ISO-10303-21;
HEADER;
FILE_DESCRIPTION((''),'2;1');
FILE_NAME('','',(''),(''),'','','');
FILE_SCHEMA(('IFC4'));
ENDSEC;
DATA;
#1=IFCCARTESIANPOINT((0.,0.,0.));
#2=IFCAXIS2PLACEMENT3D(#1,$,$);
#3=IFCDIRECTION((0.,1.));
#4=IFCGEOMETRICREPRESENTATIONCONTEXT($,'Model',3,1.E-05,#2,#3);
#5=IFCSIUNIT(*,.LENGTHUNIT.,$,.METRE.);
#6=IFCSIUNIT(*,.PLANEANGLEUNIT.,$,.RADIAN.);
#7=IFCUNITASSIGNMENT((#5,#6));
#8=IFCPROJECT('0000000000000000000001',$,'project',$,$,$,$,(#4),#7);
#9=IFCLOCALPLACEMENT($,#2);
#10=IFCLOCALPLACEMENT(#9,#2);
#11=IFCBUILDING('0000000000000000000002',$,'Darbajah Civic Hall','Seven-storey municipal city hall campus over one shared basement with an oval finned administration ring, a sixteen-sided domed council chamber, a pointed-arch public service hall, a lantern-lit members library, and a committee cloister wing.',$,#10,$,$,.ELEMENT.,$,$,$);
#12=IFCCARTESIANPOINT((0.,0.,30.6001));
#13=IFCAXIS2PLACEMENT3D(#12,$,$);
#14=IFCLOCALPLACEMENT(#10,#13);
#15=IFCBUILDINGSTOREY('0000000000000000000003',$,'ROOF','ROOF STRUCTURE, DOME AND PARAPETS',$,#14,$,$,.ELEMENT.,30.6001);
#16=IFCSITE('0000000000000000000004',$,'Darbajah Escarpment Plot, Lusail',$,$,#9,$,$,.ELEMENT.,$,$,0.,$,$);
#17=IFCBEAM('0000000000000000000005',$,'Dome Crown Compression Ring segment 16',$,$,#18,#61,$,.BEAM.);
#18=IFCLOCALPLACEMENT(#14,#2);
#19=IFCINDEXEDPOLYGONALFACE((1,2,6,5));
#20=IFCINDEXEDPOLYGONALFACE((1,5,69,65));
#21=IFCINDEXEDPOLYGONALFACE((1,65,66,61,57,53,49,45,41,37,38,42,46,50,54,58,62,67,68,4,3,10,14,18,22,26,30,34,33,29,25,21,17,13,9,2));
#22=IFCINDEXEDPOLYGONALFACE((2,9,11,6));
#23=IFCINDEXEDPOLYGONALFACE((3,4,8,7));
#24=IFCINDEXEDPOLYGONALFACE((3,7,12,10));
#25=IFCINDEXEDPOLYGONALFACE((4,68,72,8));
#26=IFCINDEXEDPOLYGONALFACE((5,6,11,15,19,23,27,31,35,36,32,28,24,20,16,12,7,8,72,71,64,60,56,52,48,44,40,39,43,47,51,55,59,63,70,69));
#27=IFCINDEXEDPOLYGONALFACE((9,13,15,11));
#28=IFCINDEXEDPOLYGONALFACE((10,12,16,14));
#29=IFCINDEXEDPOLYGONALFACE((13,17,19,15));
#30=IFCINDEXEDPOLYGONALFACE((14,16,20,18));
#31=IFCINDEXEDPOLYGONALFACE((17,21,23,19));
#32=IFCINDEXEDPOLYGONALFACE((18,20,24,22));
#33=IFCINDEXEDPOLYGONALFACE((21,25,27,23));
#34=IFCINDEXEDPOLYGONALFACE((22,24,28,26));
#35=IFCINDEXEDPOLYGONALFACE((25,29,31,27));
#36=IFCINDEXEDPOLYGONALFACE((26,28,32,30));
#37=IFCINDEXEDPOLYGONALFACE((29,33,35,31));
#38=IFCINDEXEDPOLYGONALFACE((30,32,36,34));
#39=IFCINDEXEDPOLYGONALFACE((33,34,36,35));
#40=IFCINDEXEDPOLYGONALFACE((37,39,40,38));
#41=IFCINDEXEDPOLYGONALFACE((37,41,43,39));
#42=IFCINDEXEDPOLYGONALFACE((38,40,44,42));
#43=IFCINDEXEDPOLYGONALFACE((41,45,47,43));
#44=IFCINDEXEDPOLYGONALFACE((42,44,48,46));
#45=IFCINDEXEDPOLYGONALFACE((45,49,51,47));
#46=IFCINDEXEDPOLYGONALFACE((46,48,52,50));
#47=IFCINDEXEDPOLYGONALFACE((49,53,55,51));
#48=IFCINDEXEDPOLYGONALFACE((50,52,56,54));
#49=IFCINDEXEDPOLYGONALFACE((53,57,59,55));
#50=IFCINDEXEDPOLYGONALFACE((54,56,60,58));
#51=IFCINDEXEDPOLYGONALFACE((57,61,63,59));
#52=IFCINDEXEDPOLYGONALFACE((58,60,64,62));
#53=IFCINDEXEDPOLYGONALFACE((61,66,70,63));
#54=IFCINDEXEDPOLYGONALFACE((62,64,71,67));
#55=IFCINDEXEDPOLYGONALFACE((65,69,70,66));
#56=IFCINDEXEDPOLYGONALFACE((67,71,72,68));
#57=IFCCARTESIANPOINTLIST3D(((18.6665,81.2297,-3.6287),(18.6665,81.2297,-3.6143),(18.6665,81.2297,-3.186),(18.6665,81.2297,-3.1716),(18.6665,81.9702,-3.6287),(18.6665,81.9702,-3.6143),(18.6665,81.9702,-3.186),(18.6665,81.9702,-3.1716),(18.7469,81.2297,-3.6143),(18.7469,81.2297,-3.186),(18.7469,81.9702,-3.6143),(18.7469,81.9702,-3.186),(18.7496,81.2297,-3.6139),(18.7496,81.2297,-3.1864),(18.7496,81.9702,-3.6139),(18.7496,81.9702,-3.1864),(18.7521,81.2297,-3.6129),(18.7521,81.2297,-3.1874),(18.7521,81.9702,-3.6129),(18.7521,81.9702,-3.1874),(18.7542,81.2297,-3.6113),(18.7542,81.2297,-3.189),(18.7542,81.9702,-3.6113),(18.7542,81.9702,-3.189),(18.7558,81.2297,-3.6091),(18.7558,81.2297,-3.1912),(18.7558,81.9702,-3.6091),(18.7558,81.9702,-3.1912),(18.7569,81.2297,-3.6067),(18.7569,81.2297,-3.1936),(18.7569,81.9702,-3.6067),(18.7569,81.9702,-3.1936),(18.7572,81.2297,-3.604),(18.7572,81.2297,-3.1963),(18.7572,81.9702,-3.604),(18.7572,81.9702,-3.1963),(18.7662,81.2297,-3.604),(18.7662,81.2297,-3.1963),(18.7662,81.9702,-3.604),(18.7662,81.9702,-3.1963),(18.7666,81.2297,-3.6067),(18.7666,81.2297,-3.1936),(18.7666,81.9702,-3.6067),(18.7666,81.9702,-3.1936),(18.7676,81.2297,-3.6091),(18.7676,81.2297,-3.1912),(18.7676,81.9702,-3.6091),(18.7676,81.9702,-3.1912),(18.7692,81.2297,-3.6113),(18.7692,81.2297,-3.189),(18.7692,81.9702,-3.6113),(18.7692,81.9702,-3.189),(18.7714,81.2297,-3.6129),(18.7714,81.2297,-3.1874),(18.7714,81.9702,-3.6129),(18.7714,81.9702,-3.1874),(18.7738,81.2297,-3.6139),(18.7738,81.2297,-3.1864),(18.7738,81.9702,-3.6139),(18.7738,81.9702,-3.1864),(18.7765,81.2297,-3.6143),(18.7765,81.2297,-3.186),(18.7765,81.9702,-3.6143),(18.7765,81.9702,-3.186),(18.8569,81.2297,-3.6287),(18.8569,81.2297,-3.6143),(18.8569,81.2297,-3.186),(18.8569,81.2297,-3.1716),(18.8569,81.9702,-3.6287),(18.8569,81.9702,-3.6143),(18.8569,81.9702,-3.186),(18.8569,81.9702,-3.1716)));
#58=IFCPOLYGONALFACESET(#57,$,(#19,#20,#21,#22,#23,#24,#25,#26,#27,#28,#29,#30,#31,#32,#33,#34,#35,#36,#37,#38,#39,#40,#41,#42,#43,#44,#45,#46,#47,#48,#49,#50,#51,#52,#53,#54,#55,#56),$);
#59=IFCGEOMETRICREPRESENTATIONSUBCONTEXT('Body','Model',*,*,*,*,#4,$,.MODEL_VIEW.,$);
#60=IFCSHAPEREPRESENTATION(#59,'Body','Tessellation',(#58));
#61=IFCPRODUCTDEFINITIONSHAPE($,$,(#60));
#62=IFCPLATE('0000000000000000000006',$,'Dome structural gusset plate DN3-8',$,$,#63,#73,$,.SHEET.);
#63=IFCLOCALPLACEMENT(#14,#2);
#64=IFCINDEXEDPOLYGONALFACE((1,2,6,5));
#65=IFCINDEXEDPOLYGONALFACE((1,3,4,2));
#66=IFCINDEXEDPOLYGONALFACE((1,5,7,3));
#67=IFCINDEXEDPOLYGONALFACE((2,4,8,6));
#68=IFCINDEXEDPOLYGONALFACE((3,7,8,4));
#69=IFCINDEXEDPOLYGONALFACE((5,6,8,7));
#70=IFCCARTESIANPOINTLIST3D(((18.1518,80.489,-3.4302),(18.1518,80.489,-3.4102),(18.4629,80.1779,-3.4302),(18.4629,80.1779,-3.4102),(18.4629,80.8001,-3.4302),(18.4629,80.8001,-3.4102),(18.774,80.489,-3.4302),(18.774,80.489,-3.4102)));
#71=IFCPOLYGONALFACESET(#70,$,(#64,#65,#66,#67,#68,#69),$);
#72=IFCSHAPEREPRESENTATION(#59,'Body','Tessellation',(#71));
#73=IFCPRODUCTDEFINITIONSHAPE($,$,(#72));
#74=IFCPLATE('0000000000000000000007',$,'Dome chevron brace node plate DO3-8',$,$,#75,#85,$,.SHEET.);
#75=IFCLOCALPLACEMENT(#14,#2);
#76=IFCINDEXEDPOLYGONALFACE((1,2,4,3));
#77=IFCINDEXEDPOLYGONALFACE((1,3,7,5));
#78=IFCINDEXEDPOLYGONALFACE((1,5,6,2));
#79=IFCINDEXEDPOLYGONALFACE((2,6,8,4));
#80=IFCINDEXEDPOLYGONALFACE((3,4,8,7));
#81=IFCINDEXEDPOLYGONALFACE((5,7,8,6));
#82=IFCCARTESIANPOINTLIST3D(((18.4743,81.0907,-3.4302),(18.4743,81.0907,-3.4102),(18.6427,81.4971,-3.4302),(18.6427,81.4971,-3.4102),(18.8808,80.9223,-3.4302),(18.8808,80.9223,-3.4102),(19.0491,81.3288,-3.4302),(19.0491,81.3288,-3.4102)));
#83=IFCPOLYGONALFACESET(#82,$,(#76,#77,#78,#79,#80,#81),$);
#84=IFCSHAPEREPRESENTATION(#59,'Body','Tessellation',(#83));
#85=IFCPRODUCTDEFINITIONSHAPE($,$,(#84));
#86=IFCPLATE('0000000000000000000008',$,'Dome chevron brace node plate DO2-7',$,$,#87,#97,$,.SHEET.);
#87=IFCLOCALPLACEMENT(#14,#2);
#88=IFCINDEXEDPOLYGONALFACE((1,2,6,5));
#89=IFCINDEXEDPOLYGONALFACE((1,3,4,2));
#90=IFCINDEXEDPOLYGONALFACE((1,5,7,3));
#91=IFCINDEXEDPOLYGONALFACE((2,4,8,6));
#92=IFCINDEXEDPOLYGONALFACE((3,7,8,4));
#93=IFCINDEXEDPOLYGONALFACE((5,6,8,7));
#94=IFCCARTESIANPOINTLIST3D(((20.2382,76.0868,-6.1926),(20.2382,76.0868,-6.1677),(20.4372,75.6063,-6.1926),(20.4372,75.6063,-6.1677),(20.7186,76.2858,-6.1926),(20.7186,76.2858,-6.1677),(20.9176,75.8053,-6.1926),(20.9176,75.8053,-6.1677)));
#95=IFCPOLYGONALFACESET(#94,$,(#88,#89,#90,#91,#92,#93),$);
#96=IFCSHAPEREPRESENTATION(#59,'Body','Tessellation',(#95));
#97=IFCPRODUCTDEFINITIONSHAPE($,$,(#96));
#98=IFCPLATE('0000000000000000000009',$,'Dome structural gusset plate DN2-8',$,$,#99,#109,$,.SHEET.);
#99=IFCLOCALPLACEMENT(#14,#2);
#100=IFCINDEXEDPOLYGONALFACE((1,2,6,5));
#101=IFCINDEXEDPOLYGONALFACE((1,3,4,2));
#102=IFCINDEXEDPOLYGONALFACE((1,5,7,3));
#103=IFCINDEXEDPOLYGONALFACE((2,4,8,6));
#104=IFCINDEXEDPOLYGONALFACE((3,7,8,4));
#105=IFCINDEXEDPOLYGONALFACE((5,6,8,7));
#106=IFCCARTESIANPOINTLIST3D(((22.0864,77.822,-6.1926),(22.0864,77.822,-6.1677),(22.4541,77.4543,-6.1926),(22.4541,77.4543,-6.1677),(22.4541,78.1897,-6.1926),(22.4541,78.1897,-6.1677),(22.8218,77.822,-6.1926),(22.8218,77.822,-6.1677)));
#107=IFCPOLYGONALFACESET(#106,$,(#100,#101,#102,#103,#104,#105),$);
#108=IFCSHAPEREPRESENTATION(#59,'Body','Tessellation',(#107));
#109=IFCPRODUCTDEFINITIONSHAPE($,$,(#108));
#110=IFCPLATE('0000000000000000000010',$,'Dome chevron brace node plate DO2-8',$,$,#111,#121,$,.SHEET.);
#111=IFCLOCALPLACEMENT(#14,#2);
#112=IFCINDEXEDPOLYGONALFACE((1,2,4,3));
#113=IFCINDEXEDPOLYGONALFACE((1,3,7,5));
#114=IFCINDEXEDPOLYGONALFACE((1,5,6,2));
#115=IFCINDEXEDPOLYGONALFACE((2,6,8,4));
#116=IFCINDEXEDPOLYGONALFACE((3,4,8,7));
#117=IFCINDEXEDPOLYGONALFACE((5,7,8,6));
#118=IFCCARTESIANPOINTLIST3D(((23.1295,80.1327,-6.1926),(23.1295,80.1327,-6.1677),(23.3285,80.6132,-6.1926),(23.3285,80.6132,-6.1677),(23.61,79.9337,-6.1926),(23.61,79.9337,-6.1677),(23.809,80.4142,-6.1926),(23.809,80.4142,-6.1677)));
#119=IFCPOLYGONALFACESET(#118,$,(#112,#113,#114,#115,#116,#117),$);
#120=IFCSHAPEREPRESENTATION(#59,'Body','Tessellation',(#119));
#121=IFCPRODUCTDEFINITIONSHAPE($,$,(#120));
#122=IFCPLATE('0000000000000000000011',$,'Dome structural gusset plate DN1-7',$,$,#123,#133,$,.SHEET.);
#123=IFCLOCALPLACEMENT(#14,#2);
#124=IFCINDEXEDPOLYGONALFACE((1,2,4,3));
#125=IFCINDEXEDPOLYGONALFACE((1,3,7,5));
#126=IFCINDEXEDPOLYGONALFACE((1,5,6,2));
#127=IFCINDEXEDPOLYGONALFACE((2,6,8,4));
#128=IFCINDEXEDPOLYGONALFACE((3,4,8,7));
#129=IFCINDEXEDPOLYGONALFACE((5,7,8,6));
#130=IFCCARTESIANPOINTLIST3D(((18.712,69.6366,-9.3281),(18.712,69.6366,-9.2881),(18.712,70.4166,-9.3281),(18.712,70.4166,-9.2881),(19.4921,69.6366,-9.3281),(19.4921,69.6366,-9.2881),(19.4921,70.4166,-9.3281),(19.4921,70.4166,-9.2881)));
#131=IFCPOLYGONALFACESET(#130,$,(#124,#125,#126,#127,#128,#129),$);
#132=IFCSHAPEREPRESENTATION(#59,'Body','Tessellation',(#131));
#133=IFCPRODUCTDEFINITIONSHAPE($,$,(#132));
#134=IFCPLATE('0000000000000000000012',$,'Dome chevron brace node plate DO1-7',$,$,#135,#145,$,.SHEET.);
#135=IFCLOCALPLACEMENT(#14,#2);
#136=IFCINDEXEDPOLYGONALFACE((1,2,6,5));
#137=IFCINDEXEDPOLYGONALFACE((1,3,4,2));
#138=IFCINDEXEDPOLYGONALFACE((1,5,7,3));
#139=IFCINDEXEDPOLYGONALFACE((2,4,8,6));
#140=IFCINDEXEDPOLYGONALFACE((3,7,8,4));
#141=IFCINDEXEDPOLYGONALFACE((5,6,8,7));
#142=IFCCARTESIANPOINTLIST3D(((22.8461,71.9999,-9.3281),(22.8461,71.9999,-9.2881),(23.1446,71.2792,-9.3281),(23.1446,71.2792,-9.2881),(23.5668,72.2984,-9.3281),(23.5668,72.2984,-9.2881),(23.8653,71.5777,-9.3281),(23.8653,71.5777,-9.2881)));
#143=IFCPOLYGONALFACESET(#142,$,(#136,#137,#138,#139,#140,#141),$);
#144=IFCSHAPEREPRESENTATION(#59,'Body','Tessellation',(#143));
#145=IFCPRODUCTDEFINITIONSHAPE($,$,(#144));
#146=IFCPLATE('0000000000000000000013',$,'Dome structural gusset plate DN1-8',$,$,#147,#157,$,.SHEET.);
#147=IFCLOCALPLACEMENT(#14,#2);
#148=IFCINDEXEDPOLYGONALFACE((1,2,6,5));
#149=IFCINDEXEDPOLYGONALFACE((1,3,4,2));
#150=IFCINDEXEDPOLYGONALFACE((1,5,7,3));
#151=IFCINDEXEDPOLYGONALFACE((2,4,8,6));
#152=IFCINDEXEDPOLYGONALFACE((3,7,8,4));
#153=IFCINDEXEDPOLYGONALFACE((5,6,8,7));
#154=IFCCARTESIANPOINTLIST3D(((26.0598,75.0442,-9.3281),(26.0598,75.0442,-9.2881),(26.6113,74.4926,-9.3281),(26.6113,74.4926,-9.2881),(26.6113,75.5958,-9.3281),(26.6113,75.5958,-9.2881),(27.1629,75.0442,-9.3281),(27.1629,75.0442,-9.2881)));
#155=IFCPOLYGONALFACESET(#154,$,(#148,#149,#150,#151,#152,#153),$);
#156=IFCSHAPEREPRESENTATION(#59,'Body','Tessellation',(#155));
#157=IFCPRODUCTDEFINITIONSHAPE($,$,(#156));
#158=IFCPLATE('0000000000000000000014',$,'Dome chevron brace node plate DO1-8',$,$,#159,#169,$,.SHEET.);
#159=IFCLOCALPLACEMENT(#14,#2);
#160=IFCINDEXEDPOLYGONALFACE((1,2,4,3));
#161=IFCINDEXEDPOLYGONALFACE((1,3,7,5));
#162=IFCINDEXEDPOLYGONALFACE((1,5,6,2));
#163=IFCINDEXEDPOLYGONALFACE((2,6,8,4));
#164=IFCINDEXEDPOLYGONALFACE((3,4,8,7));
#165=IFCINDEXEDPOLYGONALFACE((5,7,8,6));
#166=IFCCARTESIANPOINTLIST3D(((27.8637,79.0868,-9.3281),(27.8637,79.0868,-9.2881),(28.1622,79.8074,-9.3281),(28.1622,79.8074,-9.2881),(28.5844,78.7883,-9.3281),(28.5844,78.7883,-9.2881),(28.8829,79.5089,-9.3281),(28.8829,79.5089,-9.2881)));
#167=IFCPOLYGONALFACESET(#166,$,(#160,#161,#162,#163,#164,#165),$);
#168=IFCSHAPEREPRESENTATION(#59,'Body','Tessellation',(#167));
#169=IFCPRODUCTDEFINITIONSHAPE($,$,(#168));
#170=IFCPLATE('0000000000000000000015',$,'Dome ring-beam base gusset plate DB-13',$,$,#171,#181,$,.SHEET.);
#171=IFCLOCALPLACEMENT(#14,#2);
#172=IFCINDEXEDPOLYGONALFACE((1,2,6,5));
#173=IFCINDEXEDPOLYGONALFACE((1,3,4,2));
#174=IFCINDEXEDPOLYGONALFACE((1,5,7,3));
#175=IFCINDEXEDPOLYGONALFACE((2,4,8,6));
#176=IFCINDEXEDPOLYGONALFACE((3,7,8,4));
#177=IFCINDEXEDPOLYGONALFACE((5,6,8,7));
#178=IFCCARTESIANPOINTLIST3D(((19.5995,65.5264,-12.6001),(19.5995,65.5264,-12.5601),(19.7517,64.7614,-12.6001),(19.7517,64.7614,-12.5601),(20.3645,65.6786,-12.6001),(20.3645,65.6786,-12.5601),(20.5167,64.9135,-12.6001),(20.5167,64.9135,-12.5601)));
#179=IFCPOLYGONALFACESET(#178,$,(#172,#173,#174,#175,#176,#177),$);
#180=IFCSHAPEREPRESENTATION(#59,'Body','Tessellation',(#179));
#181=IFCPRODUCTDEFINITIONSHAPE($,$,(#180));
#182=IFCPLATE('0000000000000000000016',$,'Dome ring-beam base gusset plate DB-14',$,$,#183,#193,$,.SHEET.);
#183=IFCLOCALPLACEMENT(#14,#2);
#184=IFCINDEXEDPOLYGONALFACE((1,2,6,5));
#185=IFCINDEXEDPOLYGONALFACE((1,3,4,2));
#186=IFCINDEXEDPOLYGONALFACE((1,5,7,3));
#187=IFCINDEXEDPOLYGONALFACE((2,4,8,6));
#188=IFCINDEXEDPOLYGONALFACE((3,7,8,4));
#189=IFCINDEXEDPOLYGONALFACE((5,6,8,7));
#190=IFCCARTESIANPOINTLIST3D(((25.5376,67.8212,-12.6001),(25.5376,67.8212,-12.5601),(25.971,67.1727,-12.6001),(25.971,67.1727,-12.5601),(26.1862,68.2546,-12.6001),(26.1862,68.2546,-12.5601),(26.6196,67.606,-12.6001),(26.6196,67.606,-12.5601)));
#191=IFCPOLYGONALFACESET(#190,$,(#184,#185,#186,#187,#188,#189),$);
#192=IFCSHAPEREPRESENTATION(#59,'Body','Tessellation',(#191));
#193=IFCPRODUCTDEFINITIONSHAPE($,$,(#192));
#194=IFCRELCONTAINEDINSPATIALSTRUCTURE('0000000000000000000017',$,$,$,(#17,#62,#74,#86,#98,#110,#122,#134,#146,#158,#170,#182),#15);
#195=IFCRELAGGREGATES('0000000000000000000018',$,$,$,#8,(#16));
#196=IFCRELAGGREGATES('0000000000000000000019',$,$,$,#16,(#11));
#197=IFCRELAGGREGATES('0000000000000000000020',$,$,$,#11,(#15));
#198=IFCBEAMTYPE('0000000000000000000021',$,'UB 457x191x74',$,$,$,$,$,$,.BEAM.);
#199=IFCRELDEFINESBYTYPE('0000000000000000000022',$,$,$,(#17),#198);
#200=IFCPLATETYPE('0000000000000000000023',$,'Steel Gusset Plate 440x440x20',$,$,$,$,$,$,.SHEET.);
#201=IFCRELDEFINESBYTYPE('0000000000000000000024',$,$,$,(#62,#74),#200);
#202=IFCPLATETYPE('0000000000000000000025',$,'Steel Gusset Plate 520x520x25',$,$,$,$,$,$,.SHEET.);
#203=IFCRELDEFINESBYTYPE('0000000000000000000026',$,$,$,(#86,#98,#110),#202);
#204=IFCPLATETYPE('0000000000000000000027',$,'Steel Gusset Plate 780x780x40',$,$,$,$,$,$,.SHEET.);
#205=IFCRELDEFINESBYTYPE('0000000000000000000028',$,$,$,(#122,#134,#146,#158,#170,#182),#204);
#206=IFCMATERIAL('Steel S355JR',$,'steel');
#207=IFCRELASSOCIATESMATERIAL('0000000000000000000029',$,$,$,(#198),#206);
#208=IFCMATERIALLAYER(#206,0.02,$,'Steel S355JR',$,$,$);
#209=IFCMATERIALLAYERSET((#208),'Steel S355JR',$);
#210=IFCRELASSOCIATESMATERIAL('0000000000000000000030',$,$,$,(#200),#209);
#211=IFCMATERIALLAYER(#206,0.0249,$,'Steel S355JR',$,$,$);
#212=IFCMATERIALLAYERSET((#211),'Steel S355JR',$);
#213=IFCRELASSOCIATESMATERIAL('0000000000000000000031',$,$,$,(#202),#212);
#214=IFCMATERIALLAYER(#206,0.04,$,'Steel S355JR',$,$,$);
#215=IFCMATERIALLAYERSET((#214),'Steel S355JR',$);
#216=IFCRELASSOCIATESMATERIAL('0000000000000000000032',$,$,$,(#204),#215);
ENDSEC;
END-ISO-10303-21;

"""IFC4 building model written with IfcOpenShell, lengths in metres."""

from ifc_helpers import new_model, si_unit, direction, frame, origin, origin_2d, place, context, subcontext, project, spatial, rectangle, i_section, extrude, material, layer, layer_set, material_profile, profile_set, type_object, element, save


model = new_model("IFC4")

# Units and contexts
model_context = context("Model", 3, precision=1e-05, world=origin(), true_north=direction((0.0, 1.0)))
body_context = subcontext(model_context, "Body", "Model", "MODEL_VIEW")
ifc_project = project(units=[si_unit("LENGTHUNIT", "METRE"), si_unit("PLANEANGLEUNIT", "RADIAN")], contexts=[model_context])

# Site, building, storey
site_placement = place(None, origin())
site = spatial("IfcSite", under=ifc_project, at=site_placement, Name="Darbajah Escarpment Plot, Lusail", CompositionType="ELEMENT", RefElevation=0.0)
building_placement = place(site_placement, origin())
building = spatial("IfcBuilding", under=site, at=building_placement, Name="Darbajah Civic Hall", Description="Seven-storey municipal city hall campus over one shared basement with an oval finned administration ring, a sixteen-sided domed council chamber, a pointed-arch public service hall, a lantern-lit members library, and a committee cloister wing.", CompositionType="ELEMENT")
storey_placement = place(building_placement, frame((0.0, 0.0, 30.6001)))
storey = spatial("IfcBuildingStorey", under=building, at=storey_placement, Name="ROOF", Description="ROOF STRUCTURE, DOME AND PARAPETS", CompositionType="ELEMENT", Elevation=30.6001)

# Shared definitions
ifc_material = material(Name="Steel S355JR", Category="steel")

# Beam
ifc_material_profile_1 = material_profile(ifc_material, i_section(OverallWidth=0.1904, OverallDepth=0.457, WebThickness=0.009, FlangeThickness=0.0144, FilletRadius=0.0103, at=origin_2d()), Name="UB 457x191x74")
ifc_profile_set_1 = profile_set([ifc_material_profile_1], Name="Steel S355JR")
beam_type_1 = type_object("IfcBeamType", Name="UB 457x191x74", PredefinedType="BEAM", material=ifc_profile_set_1)
for number, where, z_axis, x_axis, name in (
    (1, (18.7617, 81.2297, -3.4001), (0.0, 1.0, 0.0), (-1.0, 0.0, 0.0), "Dome Crown Compression Ring segment 16"),
):
    element("IfcBeam", number, at=place(storey_placement, frame(where, z_axis=z_axis, x_axis=x_axis)), inside=storey, type_object=beam_type_1, Name=name, PredefinedType="BEAM", context=body_context, shape_type="SweptSolid", body=[
        extrude(i_section(OverallWidth=0.1904, OverallDepth=0.457, WebThickness=0.009, FlangeThickness=0.0144, FilletRadius=0.0103, at=origin_2d()), origin(), (0.0, 0.0, 1.0), 0.7405),
    ])

# Plates
ifc_layer_1 = layer(ifc_material, 0.02, Name="Steel S355JR")
ifc_layer_set_1 = layer_set([ifc_layer_1], Name="Steel S355JR")
plate_type_1 = type_object("IfcPlateType", Name="Steel Gusset Plate 440x440x20", PredefinedType="SHEET", material=ifc_layer_set_1)
for number, where, z_axis, x_axis, name in (
    (2, (18.4629, 80.489, -3.4302), (0.0, 0.0, 1.0), (0.707107, -0.707107, 0.0), "Dome structural gusset plate DN3-8"),
    (3, (18.7617, 81.2097, -3.4302), (0.0, 0.0, 1.0), (0.92388, -0.382683, 0.0), "Dome chevron brace node plate DO3-8"),
):
    element("IfcPlate", number, at=place(storey_placement, frame(where, z_axis=z_axis, x_axis=x_axis)), inside=storey, type_object=plate_type_1, Name=name, PredefinedType="SHEET", context=body_context, shape_type="SweptSolid", body=[
        extrude(rectangle(XDim=0.4399, YDim=0.4399, at=origin_2d()), origin(), (0.0, 0.0, 1.0), 0.02),
    ])
ifc_layer_2 = layer(ifc_material, 0.0249, Name="Steel S355JR")
ifc_layer_set_2 = layer_set([ifc_layer_2], Name="Steel S355JR")
plate_type_2 = type_object("IfcPlateType", Name="Steel Gusset Plate 520x520x25", PredefinedType="SHEET", material=ifc_layer_set_2)
for number, where, z_axis, x_axis, name in (
    (4, (20.5779, 75.946, -6.1926), (0.0, 0.0, 1.0), (0.382683, -0.92388, 0.0), "Dome chevron brace node plate DO2-7"),
    (5, (22.4541, 77.822, -6.1926), (0.0, 0.0, 1.0), (0.707107, -0.707107, 0.0), "Dome structural gusset plate DN2-8"),
    (6, (23.4692, 80.2734, -6.1926), (0.0, 0.0, 1.0), (0.92388, -0.382683, 0.0), "Dome chevron brace node plate DO2-8"),
):
    element("IfcPlate", number, at=place(storey_placement, frame(where, z_axis=z_axis, x_axis=x_axis)), inside=storey, type_object=plate_type_2, Name=name, PredefinedType="SHEET", context=body_context, shape_type="SweptSolid", body=[
        extrude(rectangle(XDim=0.52, YDim=0.52, at=origin_2d()), origin(), (0.0, 0.0, 1.0), 0.0249),
    ])
ifc_layer_3 = layer(ifc_material, 0.04, Name="Steel S355JR")
ifc_layer_set_3 = layer_set([ifc_layer_3], Name="Steel S355JR")
plate_type_3 = type_object("IfcPlateType", Name="Steel Gusset Plate 780x780x40", PredefinedType="SHEET", material=ifc_layer_set_3)
for number, where, z_axis, x_axis, name in (
    (7, (19.1021, 70.0266, -9.3281), (0.0, 0.0, 1.0), (0.0, -1.0, 0.0), "Dome structural gusset plate DN1-7"),
    (8, (23.3557, 71.7888, -9.3281), (0.0, 0.0, 1.0), (0.382683, -0.92388, 0.0), "Dome chevron brace node plate DO1-7"),
    (9, (26.6113, 75.0442, -9.3281), (0.0, 0.0, 1.0), (0.707107, -0.707107, 0.0), "Dome structural gusset plate DN1-8"),
    (10, (28.3733, 79.2979, -9.3281), (0.0, 0.0, 1.0), (0.92388, -0.382683, 0.0), "Dome chevron brace node plate DO1-8"),
    (11, (20.0581, 65.22, -12.6001), (0.0, 0.0, 1.0), (0.19509, -0.980785, 0.0), "Dome ring-beam base gusset plate DB-13"),
    (12, (26.0786, 67.7136, -12.6001), (0.0, 0.0, 1.0), (0.55557, -0.83147, 0.0), "Dome ring-beam base gusset plate DB-14"),
):
    element("IfcPlate", number, at=place(storey_placement, frame(where, z_axis=z_axis, x_axis=x_axis)), inside=storey, type_object=plate_type_3, Name=name, PredefinedType="SHEET", context=body_context, shape_type="SweptSolid", body=[
        extrude(rectangle(XDim=0.78, YDim=0.78, at=origin_2d()), origin(), (0.0, 0.0, 1.0), 0.04),
    ])

save(model, "model.ifc")
